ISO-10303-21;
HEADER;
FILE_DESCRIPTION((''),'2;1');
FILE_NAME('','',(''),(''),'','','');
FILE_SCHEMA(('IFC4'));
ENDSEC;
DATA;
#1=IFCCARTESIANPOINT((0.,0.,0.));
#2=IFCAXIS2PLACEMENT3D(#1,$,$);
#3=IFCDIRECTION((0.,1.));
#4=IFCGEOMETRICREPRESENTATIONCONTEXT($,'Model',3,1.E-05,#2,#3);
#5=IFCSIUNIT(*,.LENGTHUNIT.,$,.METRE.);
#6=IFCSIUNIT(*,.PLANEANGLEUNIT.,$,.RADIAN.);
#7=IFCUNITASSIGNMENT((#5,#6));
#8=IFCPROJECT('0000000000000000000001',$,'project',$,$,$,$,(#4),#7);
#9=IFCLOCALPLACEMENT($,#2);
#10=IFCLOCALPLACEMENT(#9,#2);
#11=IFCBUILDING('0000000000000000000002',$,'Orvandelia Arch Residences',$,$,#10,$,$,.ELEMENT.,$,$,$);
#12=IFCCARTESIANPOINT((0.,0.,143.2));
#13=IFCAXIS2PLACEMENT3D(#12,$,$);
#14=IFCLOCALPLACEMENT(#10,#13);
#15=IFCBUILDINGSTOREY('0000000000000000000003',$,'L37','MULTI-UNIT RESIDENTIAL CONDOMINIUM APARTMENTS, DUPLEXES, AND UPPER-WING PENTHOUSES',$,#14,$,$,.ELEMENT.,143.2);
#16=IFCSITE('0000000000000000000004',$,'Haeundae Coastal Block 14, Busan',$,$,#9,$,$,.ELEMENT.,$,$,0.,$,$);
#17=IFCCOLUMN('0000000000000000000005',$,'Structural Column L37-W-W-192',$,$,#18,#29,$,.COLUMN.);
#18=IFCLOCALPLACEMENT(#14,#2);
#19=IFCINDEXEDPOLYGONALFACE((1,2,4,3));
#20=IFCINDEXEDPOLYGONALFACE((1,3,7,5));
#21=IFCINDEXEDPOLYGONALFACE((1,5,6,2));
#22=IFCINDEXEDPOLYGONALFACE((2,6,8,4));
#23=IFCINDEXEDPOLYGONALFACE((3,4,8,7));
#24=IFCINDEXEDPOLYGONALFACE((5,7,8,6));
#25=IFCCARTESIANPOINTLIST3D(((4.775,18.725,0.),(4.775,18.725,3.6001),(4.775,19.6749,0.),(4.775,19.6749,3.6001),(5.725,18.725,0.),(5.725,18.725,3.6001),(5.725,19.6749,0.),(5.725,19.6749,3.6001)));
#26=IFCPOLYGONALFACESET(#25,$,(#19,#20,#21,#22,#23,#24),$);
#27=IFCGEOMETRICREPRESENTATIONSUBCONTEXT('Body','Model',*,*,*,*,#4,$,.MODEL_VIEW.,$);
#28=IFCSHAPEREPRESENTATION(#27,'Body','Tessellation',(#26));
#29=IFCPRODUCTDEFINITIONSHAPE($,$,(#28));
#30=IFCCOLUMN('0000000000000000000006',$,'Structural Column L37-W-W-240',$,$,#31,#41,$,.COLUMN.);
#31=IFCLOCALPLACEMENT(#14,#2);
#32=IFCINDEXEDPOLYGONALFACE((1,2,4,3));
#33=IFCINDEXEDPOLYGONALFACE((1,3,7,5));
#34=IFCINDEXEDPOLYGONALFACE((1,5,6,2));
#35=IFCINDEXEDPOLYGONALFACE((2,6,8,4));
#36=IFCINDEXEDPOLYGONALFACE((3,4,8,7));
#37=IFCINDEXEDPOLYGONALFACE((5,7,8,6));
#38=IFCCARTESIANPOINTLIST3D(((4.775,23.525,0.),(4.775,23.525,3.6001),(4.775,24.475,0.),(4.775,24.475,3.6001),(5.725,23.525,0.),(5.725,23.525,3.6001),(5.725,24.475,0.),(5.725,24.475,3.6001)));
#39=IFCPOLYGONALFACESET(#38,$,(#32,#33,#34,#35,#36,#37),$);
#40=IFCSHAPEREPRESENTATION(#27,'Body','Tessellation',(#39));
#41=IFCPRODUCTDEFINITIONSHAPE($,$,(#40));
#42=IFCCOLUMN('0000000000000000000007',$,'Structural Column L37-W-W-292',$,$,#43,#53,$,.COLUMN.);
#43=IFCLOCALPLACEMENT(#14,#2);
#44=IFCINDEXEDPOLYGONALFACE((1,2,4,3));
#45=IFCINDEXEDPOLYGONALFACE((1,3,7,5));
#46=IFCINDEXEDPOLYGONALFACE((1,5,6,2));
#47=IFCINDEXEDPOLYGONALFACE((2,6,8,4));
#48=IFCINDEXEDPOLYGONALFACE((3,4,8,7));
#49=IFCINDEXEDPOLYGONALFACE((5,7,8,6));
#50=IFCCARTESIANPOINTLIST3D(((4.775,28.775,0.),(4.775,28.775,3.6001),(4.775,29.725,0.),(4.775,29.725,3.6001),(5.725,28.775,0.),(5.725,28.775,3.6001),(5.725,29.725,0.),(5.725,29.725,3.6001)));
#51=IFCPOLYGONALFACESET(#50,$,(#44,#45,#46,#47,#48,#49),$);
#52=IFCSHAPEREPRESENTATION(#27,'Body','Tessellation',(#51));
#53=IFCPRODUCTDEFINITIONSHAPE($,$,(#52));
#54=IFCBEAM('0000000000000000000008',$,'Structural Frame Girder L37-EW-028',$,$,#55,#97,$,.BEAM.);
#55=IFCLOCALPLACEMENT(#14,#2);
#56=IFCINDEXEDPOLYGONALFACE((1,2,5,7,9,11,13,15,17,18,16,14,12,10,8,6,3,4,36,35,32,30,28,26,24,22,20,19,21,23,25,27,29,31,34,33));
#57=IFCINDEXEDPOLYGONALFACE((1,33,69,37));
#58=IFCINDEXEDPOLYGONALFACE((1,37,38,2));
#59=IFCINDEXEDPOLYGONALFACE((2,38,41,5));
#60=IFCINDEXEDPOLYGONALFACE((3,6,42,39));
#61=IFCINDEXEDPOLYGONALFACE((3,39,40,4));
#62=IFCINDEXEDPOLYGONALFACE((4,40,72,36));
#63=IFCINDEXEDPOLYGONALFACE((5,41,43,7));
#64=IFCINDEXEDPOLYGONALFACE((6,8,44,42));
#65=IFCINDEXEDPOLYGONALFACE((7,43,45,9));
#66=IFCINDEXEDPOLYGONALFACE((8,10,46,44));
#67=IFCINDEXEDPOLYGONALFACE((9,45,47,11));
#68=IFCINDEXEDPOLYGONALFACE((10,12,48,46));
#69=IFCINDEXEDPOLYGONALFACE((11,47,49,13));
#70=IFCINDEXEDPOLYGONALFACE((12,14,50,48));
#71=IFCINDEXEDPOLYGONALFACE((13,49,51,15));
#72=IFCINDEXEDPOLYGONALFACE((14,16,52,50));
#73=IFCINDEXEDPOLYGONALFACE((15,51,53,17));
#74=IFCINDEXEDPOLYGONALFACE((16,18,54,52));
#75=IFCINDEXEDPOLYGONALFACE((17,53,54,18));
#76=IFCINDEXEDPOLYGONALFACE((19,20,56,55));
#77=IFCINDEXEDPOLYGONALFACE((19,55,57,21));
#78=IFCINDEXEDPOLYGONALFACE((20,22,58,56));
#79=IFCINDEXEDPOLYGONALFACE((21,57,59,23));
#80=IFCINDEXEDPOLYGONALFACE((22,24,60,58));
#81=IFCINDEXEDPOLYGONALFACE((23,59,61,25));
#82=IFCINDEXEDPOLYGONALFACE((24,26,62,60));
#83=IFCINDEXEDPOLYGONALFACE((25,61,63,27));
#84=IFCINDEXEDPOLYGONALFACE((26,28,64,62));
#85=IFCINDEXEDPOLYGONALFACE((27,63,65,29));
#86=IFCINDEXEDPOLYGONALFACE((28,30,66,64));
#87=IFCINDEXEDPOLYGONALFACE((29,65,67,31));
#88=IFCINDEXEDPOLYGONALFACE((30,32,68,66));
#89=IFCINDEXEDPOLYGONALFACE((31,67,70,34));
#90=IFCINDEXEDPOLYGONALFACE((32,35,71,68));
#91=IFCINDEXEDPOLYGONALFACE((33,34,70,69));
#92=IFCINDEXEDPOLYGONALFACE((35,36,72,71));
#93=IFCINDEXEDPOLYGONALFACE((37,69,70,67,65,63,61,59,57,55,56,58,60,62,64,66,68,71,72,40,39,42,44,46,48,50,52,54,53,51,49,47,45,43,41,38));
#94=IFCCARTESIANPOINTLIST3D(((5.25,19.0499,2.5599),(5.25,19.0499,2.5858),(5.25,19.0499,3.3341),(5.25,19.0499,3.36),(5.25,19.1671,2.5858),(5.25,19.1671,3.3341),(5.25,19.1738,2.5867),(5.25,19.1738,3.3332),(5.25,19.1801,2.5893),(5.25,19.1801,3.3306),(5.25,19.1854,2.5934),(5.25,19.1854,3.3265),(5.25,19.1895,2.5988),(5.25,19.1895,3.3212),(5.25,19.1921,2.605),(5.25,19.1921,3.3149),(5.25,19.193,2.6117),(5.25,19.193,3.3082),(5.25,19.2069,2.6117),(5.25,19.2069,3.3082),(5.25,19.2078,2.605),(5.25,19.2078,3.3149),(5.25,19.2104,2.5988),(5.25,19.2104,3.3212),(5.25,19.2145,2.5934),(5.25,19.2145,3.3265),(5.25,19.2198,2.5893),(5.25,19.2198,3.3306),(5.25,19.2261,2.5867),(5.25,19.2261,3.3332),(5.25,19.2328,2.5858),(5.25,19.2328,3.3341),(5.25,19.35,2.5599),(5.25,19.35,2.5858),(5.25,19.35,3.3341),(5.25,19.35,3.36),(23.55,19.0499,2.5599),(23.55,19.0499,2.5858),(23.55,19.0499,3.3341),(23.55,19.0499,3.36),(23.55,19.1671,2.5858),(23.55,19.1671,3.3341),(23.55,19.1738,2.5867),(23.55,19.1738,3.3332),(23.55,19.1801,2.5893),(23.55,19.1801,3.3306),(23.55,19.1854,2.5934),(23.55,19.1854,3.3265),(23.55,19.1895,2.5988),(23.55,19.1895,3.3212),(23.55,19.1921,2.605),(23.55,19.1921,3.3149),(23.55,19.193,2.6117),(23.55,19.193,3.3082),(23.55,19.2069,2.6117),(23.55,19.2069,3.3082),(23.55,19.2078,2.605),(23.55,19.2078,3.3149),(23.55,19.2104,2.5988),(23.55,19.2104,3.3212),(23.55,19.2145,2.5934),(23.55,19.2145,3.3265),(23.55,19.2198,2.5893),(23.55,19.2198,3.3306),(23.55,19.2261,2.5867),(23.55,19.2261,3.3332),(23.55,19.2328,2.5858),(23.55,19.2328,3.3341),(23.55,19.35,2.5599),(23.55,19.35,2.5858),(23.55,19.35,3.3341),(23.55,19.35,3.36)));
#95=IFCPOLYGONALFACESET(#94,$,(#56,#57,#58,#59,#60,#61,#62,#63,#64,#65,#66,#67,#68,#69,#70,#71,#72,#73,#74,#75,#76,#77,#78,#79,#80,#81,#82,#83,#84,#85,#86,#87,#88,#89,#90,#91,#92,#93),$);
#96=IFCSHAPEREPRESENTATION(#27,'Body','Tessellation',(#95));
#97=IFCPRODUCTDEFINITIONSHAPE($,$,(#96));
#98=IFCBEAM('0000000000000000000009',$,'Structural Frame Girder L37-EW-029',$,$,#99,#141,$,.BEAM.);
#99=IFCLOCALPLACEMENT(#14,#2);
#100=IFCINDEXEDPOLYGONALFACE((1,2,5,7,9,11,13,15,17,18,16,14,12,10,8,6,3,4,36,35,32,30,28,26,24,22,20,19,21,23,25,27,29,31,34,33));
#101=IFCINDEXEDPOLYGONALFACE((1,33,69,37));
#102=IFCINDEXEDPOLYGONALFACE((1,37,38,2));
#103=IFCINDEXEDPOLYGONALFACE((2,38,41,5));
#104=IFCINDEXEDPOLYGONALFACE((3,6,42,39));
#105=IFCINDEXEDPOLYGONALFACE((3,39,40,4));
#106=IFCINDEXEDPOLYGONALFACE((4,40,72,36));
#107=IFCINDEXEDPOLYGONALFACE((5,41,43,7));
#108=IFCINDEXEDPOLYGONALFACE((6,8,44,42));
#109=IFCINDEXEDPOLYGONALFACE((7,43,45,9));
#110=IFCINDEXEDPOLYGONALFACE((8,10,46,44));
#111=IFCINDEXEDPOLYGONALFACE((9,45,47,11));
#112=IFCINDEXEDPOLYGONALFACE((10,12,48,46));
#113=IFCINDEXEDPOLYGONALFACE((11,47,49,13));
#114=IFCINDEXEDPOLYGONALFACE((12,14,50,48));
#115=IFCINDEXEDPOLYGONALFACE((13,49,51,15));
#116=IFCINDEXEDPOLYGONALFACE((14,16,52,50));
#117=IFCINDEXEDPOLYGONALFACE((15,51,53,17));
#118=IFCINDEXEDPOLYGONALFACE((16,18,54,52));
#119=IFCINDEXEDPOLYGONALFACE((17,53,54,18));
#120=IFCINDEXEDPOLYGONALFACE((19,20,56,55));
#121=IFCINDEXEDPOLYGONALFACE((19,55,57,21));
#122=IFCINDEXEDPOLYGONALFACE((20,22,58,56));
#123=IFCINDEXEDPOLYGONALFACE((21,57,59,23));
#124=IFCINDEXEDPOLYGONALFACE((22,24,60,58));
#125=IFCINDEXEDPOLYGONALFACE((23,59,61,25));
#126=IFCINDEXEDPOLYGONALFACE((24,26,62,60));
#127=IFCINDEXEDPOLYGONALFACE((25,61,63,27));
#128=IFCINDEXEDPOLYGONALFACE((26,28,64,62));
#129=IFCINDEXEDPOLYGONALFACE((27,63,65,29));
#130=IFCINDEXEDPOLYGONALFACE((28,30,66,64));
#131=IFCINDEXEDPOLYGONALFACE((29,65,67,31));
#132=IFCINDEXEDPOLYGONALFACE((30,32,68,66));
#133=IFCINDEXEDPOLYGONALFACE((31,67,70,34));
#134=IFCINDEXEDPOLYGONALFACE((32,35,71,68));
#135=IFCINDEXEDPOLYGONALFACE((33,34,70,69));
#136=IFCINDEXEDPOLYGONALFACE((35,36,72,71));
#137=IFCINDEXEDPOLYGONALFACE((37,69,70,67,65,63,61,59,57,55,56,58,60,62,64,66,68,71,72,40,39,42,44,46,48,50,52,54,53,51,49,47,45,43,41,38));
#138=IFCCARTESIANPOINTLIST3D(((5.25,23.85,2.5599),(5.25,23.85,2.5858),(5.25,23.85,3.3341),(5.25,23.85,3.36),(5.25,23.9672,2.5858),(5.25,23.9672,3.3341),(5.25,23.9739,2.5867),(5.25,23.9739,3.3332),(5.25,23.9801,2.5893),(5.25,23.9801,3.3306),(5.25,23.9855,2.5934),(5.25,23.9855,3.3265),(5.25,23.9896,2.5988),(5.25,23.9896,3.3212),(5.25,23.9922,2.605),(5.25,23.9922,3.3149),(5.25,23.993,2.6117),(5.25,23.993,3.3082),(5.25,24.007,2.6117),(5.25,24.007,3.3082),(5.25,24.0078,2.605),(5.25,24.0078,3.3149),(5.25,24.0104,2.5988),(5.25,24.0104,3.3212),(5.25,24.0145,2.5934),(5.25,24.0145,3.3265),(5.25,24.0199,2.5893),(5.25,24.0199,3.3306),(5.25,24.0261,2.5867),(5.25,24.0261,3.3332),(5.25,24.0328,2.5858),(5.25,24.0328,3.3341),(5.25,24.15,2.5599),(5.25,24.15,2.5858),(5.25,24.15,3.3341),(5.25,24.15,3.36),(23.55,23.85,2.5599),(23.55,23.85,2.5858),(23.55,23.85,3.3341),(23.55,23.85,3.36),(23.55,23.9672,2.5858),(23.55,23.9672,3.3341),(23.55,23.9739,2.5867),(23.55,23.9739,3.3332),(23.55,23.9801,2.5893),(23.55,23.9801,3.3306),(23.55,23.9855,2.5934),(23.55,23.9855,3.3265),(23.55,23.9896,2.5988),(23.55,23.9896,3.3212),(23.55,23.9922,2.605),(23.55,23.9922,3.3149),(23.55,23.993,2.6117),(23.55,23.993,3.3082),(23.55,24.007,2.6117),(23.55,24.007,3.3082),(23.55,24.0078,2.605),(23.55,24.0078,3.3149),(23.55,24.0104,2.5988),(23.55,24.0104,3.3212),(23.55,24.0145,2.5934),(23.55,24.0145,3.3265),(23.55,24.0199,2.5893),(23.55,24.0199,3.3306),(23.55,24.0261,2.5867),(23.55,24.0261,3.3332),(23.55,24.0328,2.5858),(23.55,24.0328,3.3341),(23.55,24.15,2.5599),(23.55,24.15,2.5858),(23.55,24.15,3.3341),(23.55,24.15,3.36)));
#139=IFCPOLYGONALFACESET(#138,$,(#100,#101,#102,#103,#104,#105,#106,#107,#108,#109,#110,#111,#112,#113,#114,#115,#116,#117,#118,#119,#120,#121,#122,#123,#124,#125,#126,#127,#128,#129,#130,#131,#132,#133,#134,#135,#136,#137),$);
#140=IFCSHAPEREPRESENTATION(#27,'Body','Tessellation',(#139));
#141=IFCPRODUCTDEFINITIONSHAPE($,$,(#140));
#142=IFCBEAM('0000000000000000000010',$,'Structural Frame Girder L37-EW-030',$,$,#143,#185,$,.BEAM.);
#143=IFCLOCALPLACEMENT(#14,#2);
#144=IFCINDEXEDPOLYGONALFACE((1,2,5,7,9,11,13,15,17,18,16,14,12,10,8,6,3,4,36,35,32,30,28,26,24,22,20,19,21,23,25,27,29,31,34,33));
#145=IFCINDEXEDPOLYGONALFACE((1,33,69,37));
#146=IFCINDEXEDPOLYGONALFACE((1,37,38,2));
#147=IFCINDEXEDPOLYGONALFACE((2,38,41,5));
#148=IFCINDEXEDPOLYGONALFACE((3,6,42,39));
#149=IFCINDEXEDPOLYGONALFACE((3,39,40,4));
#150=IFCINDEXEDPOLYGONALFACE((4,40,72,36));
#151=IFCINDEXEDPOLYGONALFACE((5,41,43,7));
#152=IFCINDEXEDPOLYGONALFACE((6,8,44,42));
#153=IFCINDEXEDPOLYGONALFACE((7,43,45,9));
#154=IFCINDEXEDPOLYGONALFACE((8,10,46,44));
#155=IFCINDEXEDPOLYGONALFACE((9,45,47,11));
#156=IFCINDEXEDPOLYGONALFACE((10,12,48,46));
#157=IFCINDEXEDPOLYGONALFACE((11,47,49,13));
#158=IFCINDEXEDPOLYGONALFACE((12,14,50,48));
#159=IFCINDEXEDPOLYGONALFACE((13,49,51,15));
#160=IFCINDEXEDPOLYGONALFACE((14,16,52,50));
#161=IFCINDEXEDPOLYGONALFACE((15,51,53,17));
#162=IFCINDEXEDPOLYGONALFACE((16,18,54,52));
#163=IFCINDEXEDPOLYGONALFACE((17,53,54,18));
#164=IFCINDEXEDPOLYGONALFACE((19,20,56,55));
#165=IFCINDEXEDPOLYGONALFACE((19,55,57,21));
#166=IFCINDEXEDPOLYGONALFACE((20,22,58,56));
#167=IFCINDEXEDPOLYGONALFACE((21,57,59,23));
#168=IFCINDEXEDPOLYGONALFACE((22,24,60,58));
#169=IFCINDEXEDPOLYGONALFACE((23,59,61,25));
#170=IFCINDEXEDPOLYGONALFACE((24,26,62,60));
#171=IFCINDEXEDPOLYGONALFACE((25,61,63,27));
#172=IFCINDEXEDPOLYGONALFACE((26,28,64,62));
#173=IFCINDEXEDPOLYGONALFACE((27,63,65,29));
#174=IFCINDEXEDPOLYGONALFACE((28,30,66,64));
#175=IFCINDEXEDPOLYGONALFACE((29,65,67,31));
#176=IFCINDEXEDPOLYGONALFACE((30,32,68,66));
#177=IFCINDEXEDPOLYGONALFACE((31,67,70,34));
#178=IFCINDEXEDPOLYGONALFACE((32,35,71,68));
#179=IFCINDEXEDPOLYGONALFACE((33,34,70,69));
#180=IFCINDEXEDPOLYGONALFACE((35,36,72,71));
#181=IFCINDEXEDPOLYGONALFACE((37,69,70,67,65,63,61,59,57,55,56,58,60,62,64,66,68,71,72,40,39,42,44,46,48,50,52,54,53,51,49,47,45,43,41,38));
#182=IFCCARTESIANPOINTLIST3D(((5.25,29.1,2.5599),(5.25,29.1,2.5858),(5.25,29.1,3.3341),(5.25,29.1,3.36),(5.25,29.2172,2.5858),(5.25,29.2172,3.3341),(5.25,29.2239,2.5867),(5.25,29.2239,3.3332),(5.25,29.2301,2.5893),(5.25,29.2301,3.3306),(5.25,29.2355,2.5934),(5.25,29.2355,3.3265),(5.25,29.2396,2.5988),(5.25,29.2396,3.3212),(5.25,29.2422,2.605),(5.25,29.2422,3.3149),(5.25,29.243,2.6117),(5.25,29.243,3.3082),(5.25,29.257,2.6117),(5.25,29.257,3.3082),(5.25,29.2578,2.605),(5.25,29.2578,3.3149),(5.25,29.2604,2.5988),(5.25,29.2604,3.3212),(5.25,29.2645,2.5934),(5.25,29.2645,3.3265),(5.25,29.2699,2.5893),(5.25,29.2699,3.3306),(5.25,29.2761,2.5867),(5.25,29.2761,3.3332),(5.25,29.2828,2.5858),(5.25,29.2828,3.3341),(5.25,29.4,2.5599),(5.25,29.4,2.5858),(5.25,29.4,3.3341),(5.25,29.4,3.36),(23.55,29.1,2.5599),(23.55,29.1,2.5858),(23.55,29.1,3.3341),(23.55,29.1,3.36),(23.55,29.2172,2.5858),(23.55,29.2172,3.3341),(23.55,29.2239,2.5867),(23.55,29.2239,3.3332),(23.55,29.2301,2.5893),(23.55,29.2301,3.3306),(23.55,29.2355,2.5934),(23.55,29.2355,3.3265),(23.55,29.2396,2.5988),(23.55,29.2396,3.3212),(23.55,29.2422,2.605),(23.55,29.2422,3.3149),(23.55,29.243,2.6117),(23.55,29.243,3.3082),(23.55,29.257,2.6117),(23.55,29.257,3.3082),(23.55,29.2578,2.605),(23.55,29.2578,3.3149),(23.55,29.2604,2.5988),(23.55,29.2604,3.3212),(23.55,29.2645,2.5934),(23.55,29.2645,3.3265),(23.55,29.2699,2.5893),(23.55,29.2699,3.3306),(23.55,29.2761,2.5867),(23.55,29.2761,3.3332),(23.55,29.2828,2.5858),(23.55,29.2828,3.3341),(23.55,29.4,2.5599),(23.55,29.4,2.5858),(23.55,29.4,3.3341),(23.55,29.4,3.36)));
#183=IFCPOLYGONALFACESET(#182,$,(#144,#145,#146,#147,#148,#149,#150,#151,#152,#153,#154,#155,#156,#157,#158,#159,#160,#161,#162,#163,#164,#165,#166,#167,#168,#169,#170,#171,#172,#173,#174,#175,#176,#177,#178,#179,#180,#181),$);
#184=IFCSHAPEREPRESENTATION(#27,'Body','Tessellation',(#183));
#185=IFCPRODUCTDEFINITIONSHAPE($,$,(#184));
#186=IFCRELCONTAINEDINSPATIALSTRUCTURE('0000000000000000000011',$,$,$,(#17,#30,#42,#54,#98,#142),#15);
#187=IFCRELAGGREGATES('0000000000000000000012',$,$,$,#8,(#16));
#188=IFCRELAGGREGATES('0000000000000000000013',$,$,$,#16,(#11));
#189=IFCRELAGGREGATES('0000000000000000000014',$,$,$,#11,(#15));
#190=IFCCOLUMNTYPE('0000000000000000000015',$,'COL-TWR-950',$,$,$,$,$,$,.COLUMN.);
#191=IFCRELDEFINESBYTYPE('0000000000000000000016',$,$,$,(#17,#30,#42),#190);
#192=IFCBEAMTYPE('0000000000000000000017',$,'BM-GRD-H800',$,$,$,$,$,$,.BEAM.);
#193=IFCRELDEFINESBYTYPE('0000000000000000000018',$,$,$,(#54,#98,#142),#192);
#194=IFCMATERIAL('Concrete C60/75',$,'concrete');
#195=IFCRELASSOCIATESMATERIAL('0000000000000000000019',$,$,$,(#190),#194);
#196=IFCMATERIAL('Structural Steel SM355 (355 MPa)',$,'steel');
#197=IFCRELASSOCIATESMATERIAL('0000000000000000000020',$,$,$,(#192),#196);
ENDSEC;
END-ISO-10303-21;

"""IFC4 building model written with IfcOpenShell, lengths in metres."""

from ifc_helpers import new_model, si_unit, direction, frame, origin, origin_2d, place, context, subcontext, project, spatial, rectangle, i_section, extrude, material, material_profile, profile_set, type_object, element, save


model = new_model("IFC4")

# Units and contexts
model_context = context("Model", 3, precision=1e-05, world=origin(), true_north=direction((0.0, 1.0)))
body_context = subcontext(model_context, "Body", "Model", "MODEL_VIEW")
ifc_project = project(units=[si_unit("LENGTHUNIT", "METRE"), si_unit("PLANEANGLEUNIT", "RADIAN")], contexts=[model_context])

# Site, building, storey
site_placement = place(None, origin())
site = spatial("IfcSite", under=ifc_project, at=site_placement, Name="Haeundae Coastal Block 14, Busan", CompositionType="ELEMENT", RefElevation=0.0)
building_placement = place(site_placement, origin())
building = spatial("IfcBuilding", under=site, at=building_placement, Name="Orvandelia Arch Residences", CompositionType="ELEMENT")
storey_placement = place(building_placement, frame((0.0, 0.0, 143.2)))
storey = spatial("IfcBuildingStorey", under=building, at=storey_placement, Name="L37", Description="MULTI-UNIT RESIDENTIAL CONDOMINIUM APARTMENTS, DUPLEXES, AND UPPER-WING PENTHOUSES", CompositionType="ELEMENT", Elevation=143.2)

# Columns
ifc_material_1 = material(Name="Concrete C60/75", Category="concrete")
ifc_material_profile_1 = material_profile(ifc_material_1, rectangle(XDim=0.95, YDim=0.95, at=origin_2d()), Name="Concrete C60/75", Category="concrete")
ifc_profile_set_1 = profile_set([ifc_material_profile_1], Name="Concrete C60/75")
column_type = type_object("IfcColumnType", Name="COL-TWR-950", PredefinedType="COLUMN", material=ifc_profile_set_1)
for number, where, z_axis, x_axis, name in (
    (1, (5.25, 19.2, 0.0), (0.0, 0.0, 1.0), (1.0, 0.0, 0.0), "Structural Column L37-W-W-192"),
    (2, (5.25, 24.0, 0.0), (0.0, 0.0, 1.0), (1.0, 0.0, 0.0), "Structural Column L37-W-W-240"),
    (3, (5.25, 29.25, 0.0), (0.0, 0.0, 1.0), (1.0, 0.0, 0.0), "Structural Column L37-W-W-292"),
):
    element("IfcColumn", number, at=place(storey_placement, frame(where, z_axis=z_axis, x_axis=x_axis)), inside=storey, type_object=column_type, Name=name, PredefinedType="COLUMN", context=body_context, shape_type="SweptSolid", body=[
        extrude(rectangle(XDim=0.95, YDim=0.95, at=origin_2d()), origin(), (0.0, 0.0, 1.0), 3.6001),
    ])

# Beams
ifc_material_2 = material(Name="Structural Steel SM355 (355 MPa)", Category="steel")
ifc_material_profile_2 = material_profile(ifc_material_2, i_section(OverallWidth=0.3, OverallDepth=0.8, WebThickness=0.0139, FlangeThickness=0.0259, FilletRadius=0.0259, at=origin_2d()), Name="Structural Steel SM355 (355 MPa)", Category="steel")
ifc_profile_set_2 = profile_set([ifc_material_profile_2], Name="Structural Steel SM355 (355 MPa)")
beam_type_1 = type_object("IfcBeamType", Name="BM-GRD-H800", PredefinedType="BEAM", material=ifc_profile_set_2)
for number, where, z_axis, x_axis, name in (
    (4, (5.25, 19.2, 2.96), (1.0, 0.0, 0.0), (0.0, 1.0, 0.0), "Structural Frame Girder L37-EW-028"),
    (5, (5.25, 24.0, 2.96), (1.0, 0.0, 0.0), (0.0, 1.0, 0.0), "Structural Frame Girder L37-EW-029"),
    (6, (5.25, 29.25, 2.96), (1.0, 0.0, 0.0), (0.0, 1.0, 0.0), "Structural Frame Girder L37-EW-030"),
):
    element("IfcBeam", number, at=place(storey_placement, frame(where, z_axis=z_axis, x_axis=x_axis)), inside=storey, type_object=beam_type_1, Name=name, PredefinedType="BEAM", context=body_context, shape_type="SweptSolid", body=[
        extrude(i_section(OverallWidth=0.3, OverallDepth=0.8, WebThickness=0.0139, FlangeThickness=0.0259, FilletRadius=0.0259, at=origin_2d()), origin(), (0.0, 0.0, 1.0), 18.3),
    ])

save(model, "model.ifc")
